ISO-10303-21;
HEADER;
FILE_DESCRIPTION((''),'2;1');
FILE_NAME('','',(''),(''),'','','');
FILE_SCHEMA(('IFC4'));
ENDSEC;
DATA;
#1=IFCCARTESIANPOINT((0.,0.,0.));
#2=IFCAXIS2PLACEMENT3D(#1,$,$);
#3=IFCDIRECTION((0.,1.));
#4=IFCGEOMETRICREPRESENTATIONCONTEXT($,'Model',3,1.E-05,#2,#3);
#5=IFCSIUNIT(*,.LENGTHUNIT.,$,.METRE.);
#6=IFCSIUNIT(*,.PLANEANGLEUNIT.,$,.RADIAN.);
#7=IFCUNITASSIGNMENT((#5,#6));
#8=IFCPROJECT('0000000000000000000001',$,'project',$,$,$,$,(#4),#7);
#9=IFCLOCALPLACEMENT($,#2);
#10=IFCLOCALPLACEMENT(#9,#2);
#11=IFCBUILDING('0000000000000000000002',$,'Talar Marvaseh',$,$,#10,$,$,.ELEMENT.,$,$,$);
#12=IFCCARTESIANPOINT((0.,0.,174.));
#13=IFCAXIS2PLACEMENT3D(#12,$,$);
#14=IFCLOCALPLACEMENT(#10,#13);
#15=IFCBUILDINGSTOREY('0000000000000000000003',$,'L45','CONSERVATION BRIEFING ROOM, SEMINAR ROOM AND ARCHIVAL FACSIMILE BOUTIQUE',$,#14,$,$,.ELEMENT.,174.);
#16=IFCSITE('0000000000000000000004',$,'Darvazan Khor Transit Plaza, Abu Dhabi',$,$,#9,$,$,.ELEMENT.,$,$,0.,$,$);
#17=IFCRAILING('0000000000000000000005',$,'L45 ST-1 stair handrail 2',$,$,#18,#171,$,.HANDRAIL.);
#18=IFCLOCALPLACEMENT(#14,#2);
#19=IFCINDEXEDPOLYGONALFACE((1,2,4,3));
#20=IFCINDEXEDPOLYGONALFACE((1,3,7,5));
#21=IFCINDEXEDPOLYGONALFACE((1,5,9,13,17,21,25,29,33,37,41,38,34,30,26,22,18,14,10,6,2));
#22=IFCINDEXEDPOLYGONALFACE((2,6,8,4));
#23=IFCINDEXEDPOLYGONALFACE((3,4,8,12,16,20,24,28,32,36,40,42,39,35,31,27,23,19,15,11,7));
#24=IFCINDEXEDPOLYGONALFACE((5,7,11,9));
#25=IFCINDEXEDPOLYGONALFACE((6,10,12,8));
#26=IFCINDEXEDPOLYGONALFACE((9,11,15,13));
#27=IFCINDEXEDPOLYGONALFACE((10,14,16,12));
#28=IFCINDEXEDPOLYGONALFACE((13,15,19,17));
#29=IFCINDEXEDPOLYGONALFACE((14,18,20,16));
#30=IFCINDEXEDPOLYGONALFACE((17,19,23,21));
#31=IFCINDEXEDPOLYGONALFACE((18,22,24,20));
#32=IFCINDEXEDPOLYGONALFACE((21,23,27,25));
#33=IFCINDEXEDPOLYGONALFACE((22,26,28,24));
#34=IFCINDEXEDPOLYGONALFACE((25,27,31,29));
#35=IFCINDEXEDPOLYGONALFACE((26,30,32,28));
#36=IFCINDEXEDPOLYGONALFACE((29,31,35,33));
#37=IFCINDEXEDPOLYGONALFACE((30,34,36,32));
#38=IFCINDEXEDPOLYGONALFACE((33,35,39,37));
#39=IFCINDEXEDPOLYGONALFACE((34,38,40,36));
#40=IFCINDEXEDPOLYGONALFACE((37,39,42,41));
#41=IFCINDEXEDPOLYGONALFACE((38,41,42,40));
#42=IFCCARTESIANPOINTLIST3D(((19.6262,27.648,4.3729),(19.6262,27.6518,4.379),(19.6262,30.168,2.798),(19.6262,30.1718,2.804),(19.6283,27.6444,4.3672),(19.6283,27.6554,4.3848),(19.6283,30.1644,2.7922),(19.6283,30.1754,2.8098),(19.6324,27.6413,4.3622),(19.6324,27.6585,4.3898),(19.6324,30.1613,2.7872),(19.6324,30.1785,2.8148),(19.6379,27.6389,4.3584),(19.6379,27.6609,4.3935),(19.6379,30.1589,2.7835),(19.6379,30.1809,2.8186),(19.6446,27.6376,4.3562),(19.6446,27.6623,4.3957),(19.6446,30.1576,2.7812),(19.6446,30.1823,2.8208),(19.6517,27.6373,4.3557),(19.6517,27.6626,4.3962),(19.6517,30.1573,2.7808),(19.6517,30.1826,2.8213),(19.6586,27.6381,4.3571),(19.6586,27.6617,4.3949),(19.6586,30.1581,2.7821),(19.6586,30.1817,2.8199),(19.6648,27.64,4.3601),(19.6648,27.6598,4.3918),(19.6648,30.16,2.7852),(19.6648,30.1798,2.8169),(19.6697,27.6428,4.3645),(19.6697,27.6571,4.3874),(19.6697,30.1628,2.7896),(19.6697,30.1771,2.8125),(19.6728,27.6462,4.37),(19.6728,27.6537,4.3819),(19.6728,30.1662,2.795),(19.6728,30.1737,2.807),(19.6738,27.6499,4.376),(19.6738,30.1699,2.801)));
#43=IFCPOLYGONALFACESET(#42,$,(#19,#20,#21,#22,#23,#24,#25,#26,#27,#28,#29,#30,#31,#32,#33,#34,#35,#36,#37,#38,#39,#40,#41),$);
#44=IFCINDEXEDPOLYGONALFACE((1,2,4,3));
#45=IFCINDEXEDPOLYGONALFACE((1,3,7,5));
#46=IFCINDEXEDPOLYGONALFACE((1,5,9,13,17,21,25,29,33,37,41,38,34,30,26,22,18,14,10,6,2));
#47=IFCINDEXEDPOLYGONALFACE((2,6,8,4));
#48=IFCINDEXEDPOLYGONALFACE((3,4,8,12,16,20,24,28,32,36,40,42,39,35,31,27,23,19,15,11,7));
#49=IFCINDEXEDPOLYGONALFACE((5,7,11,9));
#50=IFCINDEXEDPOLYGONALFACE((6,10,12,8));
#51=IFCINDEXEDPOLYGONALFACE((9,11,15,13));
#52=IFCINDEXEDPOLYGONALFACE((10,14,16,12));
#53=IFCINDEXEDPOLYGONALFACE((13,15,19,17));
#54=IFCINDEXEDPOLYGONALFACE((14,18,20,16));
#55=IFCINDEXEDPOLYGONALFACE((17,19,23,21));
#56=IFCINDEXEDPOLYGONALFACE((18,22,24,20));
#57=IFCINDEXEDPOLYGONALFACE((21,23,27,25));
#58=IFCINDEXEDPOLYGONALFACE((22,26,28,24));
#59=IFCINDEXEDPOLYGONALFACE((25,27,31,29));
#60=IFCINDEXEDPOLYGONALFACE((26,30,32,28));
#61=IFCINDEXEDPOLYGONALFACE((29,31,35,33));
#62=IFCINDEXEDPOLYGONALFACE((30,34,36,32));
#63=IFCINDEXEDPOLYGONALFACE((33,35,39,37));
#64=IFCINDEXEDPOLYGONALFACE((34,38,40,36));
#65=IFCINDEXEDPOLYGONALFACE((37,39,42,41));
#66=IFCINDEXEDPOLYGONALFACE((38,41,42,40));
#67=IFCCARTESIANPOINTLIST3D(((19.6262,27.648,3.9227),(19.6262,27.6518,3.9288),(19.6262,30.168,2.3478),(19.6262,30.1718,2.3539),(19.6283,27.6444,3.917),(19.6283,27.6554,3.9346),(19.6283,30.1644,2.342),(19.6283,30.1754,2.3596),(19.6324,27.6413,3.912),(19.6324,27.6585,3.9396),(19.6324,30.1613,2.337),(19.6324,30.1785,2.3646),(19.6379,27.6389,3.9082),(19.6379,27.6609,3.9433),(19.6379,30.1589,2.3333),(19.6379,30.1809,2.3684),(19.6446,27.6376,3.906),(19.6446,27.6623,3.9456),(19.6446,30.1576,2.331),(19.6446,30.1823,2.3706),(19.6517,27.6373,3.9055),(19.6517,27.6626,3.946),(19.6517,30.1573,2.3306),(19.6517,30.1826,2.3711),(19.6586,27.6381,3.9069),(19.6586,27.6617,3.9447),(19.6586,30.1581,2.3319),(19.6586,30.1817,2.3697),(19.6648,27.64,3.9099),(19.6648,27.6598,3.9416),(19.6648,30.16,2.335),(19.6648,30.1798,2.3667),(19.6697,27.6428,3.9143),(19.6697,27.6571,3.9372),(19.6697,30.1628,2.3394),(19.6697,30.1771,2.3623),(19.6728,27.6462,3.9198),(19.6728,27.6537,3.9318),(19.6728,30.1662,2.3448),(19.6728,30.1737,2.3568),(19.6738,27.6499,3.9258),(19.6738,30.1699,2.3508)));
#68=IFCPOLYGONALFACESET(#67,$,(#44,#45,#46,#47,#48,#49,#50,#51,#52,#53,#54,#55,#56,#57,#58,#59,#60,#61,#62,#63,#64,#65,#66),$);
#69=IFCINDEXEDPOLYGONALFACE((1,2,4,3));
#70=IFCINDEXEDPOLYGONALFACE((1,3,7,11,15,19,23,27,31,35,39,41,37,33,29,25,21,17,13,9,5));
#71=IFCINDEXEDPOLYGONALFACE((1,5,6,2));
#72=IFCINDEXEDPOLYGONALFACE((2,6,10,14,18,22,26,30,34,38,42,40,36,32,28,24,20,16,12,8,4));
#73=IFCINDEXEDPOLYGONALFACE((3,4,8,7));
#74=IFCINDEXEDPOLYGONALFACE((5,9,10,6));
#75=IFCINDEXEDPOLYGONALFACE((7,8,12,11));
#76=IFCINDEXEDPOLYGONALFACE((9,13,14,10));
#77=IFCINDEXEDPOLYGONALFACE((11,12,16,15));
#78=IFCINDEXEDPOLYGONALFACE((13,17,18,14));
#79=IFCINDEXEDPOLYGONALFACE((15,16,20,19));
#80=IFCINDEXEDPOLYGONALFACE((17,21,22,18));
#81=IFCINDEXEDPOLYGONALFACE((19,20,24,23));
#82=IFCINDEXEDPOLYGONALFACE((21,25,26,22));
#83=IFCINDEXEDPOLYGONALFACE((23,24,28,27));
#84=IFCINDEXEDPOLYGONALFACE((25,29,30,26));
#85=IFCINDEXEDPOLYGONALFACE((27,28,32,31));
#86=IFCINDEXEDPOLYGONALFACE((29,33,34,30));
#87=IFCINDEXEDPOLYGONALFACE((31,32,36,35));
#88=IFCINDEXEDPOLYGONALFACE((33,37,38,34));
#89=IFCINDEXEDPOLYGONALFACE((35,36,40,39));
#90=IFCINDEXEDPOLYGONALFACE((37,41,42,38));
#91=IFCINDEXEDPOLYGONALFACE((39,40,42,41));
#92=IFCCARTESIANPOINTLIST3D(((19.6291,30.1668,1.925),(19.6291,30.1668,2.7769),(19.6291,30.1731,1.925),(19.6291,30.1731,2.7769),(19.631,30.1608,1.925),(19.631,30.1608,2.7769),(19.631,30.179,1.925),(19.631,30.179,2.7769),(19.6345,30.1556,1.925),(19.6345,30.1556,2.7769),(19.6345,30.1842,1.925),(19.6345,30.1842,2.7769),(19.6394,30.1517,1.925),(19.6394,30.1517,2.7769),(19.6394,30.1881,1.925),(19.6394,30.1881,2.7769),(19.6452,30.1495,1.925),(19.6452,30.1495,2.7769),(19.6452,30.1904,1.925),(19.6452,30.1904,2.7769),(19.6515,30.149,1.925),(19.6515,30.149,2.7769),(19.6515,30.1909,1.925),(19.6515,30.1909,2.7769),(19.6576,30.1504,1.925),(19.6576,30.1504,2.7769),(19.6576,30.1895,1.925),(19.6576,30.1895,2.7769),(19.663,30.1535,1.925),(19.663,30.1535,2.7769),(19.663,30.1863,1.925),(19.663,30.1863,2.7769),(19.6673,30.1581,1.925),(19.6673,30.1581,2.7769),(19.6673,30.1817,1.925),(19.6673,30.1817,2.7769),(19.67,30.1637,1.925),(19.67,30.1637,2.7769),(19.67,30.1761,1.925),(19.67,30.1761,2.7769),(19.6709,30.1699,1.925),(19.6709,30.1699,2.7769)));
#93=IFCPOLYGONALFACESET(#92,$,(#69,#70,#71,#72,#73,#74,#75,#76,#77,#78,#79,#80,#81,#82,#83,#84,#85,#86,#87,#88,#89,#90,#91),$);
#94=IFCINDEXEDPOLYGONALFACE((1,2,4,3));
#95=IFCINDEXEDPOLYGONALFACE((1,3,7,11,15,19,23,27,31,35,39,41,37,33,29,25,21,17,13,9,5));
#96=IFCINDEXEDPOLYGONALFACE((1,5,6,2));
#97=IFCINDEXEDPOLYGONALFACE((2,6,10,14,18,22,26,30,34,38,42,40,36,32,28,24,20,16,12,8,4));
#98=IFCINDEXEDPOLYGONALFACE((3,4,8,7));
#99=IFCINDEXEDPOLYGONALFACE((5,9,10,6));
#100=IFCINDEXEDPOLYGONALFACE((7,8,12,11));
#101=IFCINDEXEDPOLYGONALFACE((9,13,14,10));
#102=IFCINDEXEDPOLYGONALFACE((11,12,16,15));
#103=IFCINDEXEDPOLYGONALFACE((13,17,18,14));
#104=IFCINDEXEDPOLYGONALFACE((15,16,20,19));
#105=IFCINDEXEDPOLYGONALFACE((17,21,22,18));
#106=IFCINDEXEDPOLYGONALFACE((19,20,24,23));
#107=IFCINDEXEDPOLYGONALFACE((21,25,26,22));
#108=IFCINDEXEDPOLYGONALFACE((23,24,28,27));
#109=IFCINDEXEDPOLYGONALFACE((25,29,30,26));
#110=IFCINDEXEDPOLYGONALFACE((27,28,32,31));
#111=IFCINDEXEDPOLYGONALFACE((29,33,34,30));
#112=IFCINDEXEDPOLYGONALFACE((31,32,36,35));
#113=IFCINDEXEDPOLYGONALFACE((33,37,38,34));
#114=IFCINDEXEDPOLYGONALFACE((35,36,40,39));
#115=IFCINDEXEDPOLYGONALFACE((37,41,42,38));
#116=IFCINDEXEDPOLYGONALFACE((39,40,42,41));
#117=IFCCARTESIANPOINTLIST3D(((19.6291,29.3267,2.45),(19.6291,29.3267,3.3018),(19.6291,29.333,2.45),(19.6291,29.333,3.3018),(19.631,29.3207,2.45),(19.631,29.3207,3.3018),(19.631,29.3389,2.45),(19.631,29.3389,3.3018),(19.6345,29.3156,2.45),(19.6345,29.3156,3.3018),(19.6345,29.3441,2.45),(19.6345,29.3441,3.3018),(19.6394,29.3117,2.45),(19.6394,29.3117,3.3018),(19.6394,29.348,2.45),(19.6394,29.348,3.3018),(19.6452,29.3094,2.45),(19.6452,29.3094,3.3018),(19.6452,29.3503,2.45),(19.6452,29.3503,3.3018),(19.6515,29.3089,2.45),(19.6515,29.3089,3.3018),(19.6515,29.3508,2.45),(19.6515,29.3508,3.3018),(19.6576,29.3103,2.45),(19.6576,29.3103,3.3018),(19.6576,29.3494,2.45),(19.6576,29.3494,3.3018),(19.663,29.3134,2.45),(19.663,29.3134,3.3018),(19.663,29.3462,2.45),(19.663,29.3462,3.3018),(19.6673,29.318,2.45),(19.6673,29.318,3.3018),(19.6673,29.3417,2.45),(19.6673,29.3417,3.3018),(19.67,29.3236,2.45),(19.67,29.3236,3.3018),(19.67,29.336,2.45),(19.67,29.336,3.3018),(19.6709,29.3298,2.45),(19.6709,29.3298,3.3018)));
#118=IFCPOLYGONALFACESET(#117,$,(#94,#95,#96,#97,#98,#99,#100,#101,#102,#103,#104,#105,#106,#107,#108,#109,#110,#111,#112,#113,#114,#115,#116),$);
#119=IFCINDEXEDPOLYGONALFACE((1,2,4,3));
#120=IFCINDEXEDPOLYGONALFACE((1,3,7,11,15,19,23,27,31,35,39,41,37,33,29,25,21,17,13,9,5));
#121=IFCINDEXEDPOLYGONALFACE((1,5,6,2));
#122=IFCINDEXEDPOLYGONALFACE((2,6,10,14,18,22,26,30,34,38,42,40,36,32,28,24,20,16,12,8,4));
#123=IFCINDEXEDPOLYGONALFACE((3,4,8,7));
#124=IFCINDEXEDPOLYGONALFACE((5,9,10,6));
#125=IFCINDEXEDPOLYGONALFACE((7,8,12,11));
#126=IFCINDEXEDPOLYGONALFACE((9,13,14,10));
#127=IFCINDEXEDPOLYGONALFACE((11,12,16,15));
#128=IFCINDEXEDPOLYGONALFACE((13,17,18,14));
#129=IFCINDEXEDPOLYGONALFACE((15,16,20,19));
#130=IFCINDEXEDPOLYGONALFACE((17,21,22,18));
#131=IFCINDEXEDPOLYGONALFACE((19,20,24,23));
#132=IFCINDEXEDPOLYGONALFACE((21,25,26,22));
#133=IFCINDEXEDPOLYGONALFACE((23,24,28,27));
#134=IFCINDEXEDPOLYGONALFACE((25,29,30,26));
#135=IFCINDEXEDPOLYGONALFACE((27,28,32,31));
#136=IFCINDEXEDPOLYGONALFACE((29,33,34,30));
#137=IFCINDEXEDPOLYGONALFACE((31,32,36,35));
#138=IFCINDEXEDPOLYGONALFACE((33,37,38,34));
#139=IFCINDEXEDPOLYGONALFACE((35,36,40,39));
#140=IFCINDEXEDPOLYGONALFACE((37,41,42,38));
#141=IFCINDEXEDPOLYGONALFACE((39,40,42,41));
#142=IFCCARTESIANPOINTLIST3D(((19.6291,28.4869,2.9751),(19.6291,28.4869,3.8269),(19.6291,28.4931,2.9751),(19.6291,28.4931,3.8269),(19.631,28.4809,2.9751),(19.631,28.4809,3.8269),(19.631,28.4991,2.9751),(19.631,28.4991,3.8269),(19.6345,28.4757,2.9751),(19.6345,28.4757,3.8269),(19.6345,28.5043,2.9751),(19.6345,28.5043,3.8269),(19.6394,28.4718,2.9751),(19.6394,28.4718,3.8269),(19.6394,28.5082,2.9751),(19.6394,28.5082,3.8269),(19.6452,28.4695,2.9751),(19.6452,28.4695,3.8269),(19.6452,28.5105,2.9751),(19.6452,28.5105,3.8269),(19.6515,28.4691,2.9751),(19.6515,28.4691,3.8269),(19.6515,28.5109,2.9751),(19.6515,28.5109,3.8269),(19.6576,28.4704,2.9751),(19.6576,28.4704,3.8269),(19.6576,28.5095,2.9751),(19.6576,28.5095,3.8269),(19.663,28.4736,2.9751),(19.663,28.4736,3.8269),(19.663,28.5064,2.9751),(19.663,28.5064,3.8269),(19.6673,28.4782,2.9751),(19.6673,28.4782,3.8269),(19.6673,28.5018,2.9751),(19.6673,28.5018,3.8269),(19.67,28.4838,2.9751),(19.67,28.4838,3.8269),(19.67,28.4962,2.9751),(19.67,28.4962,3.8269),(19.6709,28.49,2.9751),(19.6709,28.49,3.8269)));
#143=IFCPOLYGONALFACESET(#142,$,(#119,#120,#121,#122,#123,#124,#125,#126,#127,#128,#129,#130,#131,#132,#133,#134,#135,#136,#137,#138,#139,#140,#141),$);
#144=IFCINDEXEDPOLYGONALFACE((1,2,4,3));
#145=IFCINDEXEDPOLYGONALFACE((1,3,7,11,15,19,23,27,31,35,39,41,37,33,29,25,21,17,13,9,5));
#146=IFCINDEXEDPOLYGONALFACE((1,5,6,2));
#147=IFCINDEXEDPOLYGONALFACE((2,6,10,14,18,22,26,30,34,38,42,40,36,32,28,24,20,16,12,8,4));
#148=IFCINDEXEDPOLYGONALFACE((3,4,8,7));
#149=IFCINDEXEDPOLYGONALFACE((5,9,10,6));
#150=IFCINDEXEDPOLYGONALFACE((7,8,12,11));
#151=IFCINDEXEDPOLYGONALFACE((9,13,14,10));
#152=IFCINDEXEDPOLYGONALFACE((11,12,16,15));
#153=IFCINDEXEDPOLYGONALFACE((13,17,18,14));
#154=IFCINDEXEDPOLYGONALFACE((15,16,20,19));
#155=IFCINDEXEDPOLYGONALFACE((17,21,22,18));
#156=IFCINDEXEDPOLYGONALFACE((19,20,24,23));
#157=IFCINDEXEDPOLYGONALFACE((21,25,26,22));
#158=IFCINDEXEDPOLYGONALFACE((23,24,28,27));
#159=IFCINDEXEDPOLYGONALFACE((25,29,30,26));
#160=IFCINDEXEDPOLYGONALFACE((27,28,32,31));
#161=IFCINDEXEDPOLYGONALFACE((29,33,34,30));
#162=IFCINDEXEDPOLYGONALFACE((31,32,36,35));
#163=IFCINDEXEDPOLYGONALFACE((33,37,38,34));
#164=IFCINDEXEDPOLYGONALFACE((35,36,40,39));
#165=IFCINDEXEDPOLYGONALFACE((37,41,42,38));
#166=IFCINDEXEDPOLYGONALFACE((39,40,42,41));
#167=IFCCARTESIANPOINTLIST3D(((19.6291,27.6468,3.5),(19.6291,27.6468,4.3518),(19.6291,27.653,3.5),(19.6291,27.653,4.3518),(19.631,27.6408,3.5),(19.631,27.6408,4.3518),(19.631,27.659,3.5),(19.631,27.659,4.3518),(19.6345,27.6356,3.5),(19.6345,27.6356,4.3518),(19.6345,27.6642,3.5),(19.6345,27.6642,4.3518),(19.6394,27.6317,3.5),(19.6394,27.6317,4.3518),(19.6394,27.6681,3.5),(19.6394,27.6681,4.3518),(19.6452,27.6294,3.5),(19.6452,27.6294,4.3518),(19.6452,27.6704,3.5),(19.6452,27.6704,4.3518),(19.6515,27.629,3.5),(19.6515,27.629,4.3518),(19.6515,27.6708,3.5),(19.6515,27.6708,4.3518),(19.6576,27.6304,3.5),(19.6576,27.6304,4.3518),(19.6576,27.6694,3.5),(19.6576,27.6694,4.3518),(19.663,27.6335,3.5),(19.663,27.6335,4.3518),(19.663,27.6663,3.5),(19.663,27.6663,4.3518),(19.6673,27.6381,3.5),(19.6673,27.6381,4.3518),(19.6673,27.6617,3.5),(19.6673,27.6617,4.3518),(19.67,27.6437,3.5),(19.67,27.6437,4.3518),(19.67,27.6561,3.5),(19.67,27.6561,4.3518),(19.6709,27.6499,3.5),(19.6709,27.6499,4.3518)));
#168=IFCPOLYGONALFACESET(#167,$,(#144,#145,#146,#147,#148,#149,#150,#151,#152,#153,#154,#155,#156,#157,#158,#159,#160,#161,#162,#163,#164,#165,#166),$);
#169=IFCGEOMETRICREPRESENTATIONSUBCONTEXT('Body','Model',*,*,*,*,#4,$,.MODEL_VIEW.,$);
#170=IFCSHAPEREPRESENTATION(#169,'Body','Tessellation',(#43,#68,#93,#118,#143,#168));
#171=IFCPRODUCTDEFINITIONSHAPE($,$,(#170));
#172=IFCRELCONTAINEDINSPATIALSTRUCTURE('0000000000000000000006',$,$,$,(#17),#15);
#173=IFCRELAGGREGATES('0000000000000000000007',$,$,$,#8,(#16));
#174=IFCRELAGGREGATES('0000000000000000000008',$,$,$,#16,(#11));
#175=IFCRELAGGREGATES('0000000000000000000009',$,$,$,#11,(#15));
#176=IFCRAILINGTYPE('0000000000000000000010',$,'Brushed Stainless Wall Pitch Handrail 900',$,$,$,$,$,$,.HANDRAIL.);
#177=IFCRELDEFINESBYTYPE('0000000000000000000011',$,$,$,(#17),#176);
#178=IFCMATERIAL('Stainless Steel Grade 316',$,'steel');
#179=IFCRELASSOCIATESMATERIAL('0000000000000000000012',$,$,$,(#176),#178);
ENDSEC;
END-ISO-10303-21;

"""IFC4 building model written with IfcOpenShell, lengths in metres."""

from ifc_helpers import new_model, si_unit, direction, frame, origin, origin_2d, place, context, subcontext, project, spatial, circle, extrude, material, type_object, element, save


model = new_model("IFC4")

# Units and contexts
model_context = context("Model", 3, precision=1e-05, world=origin(), true_north=direction((0.0, 1.0)))
body_context = subcontext(model_context, "Body", "Model", "MODEL_VIEW")
ifc_project = project(units=[si_unit("LENGTHUNIT", "METRE"), si_unit("PLANEANGLEUNIT", "RADIAN")], contexts=[model_context])

# Site, building, storey
site_placement = place(None, origin())
site = spatial("IfcSite", under=ifc_project, at=site_placement, Name="Darvazan Khor Transit Plaza, Abu Dhabi", CompositionType="ELEMENT", RefElevation=0.0)
building_placement = place(site_placement, origin())
building = spatial("IfcBuilding", under=site, at=building_placement, Name="Talar Marvaseh", CompositionType="ELEMENT")
storey_placement = place(building_placement, frame((0.0, 0.0, 174.0)))
storey = spatial("IfcBuildingStorey", under=building, at=storey_placement, Name="L45", Description="CONSERVATION BRIEFING ROOM, SEMINAR ROOM AND ARCHIVAL FACSIMILE BOUTIQUE", CompositionType="ELEMENT", Elevation=174.0)

# Railing
ifc_material_1 = material(Name="Stainless Steel Grade 316", Category="steel")
railing_type_1 = type_object("IfcRailingType", Name="Brushed Stainless Wall Pitch Handrail 900", PredefinedType="HANDRAIL", material=ifc_material_1)
railing_1_placement = place(storey_placement, frame((19.6499, 30.1699, 1.925)))
element("IfcRailing", 1, at=railing_1_placement, inside=storey, type_object=railing_type_1, Name="L45 ST-1 stair handrail 2", PredefinedType="HANDRAIL", context=body_context, shape_type="SweptSolid", body=[
    extrude(circle(Radius=0.0239, at=origin_2d()), frame((0.0, 0.0, 0.876), z_axis=(0.0, -0.848008, 0.529984), x_axis=(1.0, 0.0, 0.0)), (0.0, 0.0, 1.0), 2.9717),
    extrude(circle(Radius=0.0239, at=origin_2d()), frame((0.0, 0.0, 0.4258), z_axis=(0.0, -0.848008, 0.529984), x_axis=(1.0, 0.0, 0.0)), (0.0, 0.0, 1.0), 2.9717),
    extrude(circle(Radius=0.021, at=origin_2d()), origin(), (0.0, 0.0, 1.0), 0.8518),
    extrude(circle(Radius=0.021, at=origin_2d()), frame((0.0, -0.8401, 0.5249)), (0.0, 0.0, 1.0), 0.8518),
    extrude(circle(Radius=0.021, at=origin_2d()), frame((0.0, -1.6799, 1.05)), (0.0, 0.0, 1.0), 0.8518),
    extrude(circle(Radius=0.021, at=origin_2d()), frame((0.0, -2.52, 1.575)), (0.0, 0.0, 1.0), 0.8518),
])

save(model, "model.ifc")
